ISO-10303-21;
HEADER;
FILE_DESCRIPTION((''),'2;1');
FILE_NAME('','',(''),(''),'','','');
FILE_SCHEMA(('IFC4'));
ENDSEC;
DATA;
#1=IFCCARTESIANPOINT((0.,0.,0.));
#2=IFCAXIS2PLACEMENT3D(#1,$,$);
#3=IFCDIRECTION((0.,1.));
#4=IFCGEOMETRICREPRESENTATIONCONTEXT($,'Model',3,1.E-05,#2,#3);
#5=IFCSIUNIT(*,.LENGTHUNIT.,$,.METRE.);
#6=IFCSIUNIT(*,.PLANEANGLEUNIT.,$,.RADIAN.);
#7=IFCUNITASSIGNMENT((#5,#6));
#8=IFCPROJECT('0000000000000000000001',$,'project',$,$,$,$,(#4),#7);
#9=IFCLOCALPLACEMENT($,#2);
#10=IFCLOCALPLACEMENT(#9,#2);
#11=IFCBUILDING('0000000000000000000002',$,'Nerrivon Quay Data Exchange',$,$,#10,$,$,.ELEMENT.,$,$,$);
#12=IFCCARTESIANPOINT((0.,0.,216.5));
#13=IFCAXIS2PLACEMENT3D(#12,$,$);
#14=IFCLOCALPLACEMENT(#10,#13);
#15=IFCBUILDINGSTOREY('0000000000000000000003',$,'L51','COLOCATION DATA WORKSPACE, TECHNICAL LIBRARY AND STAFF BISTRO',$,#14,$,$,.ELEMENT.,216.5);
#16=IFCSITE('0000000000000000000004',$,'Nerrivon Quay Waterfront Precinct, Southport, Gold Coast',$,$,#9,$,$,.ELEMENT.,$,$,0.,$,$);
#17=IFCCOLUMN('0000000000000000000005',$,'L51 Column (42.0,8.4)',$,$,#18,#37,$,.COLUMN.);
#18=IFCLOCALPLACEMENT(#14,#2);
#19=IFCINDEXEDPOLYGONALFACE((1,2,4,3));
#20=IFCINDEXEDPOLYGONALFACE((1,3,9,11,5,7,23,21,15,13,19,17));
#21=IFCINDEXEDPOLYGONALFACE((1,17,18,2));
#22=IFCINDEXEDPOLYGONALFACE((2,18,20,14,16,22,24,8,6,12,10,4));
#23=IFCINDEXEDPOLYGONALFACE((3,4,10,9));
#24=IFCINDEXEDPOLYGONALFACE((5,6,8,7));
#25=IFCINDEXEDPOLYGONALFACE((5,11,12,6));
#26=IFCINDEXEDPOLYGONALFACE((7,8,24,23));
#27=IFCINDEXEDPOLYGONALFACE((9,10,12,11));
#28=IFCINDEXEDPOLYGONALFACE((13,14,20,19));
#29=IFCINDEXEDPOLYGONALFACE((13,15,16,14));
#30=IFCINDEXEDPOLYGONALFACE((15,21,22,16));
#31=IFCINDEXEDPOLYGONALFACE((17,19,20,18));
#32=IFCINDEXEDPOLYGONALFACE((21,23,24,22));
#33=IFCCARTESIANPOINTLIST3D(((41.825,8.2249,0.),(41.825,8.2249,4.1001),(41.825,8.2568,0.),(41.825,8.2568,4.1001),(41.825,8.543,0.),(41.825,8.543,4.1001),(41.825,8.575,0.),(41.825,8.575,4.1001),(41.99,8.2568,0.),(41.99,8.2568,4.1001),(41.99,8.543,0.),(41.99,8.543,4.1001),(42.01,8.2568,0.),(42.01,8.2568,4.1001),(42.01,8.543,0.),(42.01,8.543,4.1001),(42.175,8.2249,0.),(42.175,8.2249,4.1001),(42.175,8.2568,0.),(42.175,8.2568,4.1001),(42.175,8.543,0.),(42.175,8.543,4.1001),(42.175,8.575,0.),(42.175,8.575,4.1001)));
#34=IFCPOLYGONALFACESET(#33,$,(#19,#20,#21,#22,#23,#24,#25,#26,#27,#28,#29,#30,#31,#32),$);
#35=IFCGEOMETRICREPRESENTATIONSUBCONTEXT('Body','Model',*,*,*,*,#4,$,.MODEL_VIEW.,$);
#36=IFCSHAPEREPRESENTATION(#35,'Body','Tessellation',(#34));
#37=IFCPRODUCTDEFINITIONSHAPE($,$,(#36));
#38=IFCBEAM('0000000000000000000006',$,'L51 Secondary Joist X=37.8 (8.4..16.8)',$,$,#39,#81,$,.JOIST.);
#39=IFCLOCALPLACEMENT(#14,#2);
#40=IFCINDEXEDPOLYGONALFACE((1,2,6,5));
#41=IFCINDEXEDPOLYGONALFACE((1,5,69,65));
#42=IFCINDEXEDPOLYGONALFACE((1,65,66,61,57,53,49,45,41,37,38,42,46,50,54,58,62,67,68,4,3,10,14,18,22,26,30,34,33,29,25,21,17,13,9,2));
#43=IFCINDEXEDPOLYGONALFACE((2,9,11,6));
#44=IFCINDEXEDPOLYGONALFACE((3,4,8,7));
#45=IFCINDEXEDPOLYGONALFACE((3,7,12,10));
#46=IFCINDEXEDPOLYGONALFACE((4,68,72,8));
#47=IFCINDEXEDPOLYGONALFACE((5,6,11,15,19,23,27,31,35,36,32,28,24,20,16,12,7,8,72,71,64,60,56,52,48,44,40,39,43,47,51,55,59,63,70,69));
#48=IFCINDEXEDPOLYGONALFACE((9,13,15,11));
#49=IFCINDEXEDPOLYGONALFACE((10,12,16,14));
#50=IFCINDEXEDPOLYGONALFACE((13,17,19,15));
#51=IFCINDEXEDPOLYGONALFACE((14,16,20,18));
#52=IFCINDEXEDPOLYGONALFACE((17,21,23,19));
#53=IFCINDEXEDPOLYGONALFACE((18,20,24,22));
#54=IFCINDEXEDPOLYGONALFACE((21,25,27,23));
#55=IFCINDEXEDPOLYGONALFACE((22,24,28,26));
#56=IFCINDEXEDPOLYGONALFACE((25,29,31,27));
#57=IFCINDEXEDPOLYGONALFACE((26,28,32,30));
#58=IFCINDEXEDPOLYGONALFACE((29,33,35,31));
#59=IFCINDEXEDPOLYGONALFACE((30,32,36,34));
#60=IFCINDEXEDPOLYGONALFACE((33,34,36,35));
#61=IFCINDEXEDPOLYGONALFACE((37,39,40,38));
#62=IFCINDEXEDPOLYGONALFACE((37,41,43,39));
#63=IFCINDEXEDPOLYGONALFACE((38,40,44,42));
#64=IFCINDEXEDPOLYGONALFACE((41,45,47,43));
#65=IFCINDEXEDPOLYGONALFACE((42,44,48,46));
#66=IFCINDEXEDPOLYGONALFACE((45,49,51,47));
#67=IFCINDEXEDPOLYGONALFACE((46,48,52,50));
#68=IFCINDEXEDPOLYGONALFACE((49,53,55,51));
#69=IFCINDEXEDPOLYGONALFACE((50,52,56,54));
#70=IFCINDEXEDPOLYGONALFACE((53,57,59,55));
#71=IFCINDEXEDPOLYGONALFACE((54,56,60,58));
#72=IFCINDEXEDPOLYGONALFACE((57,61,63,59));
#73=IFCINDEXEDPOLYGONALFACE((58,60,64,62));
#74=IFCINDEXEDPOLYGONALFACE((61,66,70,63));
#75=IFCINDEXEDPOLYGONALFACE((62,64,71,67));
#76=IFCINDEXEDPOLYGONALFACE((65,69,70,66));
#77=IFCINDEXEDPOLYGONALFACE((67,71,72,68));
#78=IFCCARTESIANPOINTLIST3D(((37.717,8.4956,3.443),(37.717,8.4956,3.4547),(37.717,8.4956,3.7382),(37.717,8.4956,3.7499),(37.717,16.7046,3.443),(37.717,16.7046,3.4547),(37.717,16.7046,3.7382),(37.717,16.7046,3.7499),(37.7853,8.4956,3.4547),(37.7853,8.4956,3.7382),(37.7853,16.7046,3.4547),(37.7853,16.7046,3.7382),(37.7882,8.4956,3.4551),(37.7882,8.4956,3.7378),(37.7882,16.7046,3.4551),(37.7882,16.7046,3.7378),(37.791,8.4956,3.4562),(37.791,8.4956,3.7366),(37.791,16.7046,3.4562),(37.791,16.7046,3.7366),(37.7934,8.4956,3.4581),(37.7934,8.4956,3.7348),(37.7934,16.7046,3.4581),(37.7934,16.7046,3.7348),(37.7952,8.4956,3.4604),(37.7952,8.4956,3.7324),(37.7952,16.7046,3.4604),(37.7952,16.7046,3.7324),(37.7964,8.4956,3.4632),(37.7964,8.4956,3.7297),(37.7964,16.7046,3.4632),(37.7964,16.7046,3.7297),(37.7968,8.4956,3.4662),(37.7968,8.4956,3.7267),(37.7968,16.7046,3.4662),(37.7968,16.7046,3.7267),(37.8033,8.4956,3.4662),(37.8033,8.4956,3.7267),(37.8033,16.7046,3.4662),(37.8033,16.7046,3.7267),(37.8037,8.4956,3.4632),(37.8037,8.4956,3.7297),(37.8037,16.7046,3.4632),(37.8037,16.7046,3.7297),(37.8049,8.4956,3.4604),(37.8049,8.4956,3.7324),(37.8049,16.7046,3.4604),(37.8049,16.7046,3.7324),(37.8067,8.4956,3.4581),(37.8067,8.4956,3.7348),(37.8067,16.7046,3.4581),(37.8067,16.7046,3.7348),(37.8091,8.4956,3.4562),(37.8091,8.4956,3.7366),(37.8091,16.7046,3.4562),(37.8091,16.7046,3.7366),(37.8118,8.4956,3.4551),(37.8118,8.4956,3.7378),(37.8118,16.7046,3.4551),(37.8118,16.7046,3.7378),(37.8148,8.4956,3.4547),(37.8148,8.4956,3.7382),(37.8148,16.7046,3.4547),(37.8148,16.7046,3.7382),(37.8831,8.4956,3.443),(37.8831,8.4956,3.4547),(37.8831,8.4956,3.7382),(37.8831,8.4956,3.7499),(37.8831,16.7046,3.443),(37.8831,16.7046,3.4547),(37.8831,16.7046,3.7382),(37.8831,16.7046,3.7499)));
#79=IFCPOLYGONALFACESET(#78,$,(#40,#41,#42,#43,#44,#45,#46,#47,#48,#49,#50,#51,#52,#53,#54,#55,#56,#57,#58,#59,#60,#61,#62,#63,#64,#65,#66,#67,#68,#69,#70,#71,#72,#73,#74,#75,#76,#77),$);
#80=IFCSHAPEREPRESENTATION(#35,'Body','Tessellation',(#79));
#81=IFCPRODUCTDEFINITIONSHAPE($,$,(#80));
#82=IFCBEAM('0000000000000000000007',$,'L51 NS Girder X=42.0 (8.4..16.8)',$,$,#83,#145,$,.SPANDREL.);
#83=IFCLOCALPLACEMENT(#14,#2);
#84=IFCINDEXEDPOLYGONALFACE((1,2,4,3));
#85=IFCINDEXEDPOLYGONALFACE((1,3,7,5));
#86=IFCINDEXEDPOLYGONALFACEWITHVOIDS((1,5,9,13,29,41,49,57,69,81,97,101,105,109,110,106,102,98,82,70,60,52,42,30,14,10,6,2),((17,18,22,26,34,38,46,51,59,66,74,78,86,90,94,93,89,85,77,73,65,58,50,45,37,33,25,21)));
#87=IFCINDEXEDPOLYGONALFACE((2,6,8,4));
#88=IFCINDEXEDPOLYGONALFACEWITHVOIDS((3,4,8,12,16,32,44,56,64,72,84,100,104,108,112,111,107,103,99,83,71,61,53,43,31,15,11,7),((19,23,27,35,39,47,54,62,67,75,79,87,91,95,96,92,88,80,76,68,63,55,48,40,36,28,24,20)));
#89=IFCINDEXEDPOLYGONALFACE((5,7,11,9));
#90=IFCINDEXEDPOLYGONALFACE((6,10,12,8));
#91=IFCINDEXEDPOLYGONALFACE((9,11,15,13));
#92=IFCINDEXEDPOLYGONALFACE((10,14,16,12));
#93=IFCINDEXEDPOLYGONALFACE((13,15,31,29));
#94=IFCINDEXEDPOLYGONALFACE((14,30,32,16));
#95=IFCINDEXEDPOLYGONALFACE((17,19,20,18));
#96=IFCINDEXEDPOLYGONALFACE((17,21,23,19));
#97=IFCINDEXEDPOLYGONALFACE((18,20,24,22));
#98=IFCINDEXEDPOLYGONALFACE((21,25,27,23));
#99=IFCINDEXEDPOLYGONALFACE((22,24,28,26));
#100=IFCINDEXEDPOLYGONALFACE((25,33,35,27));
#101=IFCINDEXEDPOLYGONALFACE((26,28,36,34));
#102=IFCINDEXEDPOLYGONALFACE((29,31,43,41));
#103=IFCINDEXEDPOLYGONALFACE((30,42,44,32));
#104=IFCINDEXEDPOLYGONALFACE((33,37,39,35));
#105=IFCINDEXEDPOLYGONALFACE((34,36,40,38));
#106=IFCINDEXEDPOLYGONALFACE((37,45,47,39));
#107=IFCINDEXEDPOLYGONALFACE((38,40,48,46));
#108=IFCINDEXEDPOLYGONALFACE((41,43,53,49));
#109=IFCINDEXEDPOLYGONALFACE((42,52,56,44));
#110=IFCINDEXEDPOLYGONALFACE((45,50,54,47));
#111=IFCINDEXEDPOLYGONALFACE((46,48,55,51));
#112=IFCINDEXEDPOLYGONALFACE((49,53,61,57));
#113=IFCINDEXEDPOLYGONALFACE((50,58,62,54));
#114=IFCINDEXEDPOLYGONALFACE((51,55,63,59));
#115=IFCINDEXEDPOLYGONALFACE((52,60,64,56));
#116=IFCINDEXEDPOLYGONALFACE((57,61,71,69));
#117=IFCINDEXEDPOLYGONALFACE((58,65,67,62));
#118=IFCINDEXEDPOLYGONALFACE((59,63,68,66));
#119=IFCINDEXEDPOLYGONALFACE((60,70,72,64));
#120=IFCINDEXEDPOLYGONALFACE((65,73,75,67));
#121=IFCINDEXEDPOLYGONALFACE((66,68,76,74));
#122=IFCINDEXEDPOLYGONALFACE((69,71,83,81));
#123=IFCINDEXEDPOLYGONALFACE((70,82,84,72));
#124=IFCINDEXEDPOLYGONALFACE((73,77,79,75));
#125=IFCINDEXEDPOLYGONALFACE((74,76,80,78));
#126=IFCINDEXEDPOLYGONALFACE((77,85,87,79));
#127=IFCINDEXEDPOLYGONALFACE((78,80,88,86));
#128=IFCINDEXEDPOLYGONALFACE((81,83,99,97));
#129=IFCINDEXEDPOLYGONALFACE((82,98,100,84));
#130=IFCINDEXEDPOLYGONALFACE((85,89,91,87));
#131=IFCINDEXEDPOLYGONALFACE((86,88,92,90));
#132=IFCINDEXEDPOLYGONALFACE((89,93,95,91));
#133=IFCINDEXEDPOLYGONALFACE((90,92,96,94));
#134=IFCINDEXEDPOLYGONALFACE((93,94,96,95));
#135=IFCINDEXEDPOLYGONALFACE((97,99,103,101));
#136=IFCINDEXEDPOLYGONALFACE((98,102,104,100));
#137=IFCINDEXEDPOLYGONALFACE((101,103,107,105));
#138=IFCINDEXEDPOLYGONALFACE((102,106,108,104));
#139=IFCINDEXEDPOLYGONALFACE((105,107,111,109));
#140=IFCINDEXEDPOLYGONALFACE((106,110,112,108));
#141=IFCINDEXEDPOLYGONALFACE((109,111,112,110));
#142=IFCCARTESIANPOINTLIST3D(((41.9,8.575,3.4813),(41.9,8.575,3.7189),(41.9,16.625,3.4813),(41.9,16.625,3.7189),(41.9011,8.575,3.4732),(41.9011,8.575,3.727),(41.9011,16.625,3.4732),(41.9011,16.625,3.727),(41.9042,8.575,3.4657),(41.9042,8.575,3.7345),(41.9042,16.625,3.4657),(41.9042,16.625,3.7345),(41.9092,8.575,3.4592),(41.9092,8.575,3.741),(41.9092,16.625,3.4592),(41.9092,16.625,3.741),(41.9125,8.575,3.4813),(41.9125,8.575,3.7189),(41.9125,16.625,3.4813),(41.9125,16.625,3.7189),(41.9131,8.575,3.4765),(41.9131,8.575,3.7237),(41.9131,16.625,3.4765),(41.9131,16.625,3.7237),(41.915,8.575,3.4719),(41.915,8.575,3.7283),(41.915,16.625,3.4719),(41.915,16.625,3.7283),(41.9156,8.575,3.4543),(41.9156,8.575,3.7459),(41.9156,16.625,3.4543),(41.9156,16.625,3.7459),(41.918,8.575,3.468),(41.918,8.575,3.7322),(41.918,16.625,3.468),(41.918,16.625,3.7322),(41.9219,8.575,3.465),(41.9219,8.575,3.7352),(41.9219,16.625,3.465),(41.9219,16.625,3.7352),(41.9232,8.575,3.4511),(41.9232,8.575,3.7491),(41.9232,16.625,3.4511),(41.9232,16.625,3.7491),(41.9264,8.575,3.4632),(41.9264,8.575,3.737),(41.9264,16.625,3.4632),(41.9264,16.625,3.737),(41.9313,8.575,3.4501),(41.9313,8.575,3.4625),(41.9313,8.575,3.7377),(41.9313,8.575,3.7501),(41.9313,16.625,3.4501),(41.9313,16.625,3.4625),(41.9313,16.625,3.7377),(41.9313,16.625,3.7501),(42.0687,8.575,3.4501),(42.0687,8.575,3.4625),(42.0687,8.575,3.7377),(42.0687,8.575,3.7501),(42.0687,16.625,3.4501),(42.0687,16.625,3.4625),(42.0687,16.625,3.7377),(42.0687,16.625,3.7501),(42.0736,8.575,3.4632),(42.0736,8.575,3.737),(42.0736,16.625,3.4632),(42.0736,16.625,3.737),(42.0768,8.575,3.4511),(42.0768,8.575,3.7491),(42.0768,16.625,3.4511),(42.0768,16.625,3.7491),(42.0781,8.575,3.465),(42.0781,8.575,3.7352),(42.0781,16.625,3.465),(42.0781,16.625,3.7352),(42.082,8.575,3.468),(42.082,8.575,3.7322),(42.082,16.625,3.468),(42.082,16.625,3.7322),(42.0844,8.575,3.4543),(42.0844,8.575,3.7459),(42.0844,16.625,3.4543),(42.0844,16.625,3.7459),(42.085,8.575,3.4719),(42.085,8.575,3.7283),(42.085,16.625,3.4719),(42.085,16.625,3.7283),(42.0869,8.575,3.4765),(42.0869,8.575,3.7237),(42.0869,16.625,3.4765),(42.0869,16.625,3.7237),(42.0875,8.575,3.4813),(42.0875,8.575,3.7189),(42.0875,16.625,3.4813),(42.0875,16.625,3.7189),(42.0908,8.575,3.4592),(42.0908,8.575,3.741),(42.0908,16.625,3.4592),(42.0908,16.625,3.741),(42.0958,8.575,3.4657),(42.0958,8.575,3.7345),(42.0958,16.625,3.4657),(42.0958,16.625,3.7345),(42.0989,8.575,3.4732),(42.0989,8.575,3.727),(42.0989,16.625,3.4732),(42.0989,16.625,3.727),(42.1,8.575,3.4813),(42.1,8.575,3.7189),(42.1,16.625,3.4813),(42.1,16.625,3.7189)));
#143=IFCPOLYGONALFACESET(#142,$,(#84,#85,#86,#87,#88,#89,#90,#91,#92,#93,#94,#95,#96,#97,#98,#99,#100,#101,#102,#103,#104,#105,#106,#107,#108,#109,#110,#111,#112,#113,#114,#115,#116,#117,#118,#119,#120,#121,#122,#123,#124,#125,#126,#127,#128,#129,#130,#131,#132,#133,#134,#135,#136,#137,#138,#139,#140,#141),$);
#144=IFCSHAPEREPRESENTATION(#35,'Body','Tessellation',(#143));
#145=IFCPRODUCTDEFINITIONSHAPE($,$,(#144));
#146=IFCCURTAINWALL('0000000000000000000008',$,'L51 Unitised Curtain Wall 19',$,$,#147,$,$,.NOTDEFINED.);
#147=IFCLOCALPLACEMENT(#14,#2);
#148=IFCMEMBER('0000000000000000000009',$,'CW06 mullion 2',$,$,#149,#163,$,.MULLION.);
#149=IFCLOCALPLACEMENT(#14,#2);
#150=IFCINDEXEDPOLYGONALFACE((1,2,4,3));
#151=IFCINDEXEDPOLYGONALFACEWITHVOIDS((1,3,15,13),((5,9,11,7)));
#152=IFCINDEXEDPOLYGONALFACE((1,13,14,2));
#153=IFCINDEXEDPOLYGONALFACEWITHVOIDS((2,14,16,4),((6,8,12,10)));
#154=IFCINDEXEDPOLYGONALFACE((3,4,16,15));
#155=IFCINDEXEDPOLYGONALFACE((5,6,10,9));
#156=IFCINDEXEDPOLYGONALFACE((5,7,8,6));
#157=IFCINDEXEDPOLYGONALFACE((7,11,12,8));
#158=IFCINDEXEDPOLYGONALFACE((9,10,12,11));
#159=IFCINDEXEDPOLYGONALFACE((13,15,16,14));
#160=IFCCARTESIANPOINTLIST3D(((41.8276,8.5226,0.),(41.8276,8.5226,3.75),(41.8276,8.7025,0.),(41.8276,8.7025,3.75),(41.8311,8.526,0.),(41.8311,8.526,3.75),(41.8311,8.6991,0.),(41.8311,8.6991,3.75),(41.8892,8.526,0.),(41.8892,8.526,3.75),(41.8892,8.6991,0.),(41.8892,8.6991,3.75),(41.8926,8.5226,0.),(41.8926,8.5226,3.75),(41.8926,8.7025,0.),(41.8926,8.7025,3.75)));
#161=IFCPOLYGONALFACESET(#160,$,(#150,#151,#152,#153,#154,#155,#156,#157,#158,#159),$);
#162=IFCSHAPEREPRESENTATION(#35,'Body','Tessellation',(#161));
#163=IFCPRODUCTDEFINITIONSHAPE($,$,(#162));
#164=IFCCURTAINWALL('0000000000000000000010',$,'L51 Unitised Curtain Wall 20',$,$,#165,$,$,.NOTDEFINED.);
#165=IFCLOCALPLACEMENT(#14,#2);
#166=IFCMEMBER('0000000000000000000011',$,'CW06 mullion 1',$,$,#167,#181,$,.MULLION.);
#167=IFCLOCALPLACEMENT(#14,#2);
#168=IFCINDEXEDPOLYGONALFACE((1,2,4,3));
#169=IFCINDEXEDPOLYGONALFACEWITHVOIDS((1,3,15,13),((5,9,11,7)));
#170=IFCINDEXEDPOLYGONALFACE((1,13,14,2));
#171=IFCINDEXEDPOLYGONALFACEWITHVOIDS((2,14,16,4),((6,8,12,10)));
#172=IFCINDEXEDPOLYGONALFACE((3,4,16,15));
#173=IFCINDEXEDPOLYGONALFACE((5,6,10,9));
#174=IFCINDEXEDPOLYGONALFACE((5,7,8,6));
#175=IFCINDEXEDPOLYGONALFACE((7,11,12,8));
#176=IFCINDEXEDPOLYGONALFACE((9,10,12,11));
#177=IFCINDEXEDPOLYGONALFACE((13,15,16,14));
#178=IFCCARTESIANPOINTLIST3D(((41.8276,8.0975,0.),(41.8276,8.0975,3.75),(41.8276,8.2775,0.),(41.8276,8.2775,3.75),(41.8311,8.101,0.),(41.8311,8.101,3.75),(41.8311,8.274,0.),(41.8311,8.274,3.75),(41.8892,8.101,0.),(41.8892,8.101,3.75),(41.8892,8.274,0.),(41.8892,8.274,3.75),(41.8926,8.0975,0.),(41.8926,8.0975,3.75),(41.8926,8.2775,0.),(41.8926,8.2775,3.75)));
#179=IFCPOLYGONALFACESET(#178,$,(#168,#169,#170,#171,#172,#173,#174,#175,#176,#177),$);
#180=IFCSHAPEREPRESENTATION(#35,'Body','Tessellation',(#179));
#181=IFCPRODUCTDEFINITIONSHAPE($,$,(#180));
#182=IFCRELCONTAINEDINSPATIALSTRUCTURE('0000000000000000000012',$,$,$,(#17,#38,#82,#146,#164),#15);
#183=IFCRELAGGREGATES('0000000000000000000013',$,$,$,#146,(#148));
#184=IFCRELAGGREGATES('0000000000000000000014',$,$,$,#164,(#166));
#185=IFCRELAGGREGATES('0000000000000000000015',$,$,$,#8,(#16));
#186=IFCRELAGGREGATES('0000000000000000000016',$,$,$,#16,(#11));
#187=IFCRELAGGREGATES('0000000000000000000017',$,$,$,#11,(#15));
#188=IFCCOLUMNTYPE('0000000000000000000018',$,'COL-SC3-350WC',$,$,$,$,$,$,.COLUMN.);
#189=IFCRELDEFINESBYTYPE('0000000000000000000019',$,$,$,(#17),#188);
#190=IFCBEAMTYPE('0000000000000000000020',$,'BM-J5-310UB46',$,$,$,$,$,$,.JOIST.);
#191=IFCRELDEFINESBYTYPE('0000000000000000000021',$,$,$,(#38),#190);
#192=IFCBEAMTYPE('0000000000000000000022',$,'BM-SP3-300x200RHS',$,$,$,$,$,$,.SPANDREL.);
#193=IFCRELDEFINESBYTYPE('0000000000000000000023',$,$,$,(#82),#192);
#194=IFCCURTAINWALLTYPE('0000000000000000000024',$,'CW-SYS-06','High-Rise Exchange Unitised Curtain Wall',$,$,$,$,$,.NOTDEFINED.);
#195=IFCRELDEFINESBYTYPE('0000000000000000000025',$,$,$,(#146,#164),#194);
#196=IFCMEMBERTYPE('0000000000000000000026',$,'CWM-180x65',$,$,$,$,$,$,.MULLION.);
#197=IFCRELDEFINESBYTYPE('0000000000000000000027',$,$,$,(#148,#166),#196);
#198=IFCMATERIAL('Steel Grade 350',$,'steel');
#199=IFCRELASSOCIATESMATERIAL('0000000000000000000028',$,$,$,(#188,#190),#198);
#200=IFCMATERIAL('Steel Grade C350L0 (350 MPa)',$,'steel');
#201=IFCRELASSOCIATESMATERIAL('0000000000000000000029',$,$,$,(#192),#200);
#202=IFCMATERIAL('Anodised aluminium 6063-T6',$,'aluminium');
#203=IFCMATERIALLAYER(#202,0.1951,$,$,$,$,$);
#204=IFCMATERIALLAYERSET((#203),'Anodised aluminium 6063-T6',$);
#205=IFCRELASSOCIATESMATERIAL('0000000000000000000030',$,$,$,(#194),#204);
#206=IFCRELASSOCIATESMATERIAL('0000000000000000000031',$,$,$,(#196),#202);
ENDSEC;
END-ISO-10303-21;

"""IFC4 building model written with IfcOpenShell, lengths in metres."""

from ifc_helpers import new_model, si_unit, direction, frame, origin, origin_2d, place, context, subcontext, project, spatial, hollow_rectangle, i_section, extrude, material, layer, layer_set, material_profile, profile_set, type_object, element, aggregate, save


model = new_model("IFC4")

# Units and contexts
model_context = context("Model", 3, precision=1e-05, world=origin(), true_north=direction((0.0, 1.0)))
body_context = subcontext(model_context, "Body", "Model", "MODEL_VIEW")
ifc_project = project(units=[si_unit("LENGTHUNIT", "METRE"), si_unit("PLANEANGLEUNIT", "RADIAN")], contexts=[model_context])

# Site, building, storey
site_placement = place(None, origin())
site = spatial("IfcSite", under=ifc_project, at=site_placement, Name="Nerrivon Quay Waterfront Precinct, Southport, Gold Coast", CompositionType="ELEMENT", RefElevation=0.0)
building_placement = place(site_placement, origin())
building = spatial("IfcBuilding", under=site, at=building_placement, Name="Nerrivon Quay Data Exchange", CompositionType="ELEMENT")
storey_placement = place(building_placement, frame((0.0, 0.0, 216.5)))
storey = spatial("IfcBuildingStorey", under=building, at=storey_placement, Name="L51", Description="COLOCATION DATA WORKSPACE, TECHNICAL LIBRARY AND STAFF BISTRO", CompositionType="ELEMENT", Elevation=216.5)

# Column
ifc_material_1 = material(Name="Steel Grade 350", Category="steel")
ifc_material_profile_1 = material_profile(ifc_material_1, i_section(OverallWidth=0.3501, OverallDepth=0.3501, WebThickness=0.02, FlangeThickness=0.032, at=origin_2d()), Name="350WC230")
ifc_profile_set_1 = profile_set([ifc_material_profile_1], Name="Steel Grade 350")
column_type = type_object("IfcColumnType", Name="COL-SC3-350WC", PredefinedType="COLUMN", material=ifc_profile_set_1)
column_placement = place(storey_placement, frame((42.0, 8.3999, 0.0), z_axis=(0.0, 0.0, 1.0), x_axis=(1.0, 0.0, 0.0)))
element("IfcColumn", 1, at=column_placement, inside=storey, type_object=column_type, Name="L51 Column (42.0,8.4)", PredefinedType="COLUMN", context=body_context, shape_type="SweptSolid", body=[
    extrude(i_section(OverallWidth=0.3501, OverallDepth=0.3501, WebThickness=0.02, FlangeThickness=0.032, at=origin_2d()), origin(), (0.0, 0.0, 1.0), 4.1001),
])

# Beams
ifc_material_profile_2 = material_profile(ifc_material_1, i_section(OverallWidth=0.166, OverallDepth=0.3069, WebThickness=0.0066, FlangeThickness=0.0117, FilletRadius=0.0115, at=origin_2d()), Name="310UB46.2")
ifc_profile_set_2 = profile_set([ifc_material_profile_2], Name="Steel Grade 350")
beam_type_1 = type_object("IfcBeamType", Name="BM-J5-310UB46", PredefinedType="JOIST", material=ifc_profile_set_2)
beam_1_placement = place(storey_placement, frame((37.8, 8.4956, 3.5964), z_axis=(0.0, 1.0, 0.0), x_axis=(-1.0, 0.0, 0.0)))
element("IfcBeam", 2, at=beam_1_placement, inside=storey, type_object=beam_type_1, Name="L51 Secondary Joist X=37.8 (8.4..16.8)", PredefinedType="JOIST", context=body_context, shape_type="SweptSolid", body=[
    extrude(i_section(OverallWidth=0.166, OverallDepth=0.3069, WebThickness=0.0066, FlangeThickness=0.0117, FilletRadius=0.0115, at=origin_2d()), origin(), (0.0, 0.0, 1.0), 8.209),
])
ifc_material_2 = material(Name="Steel Grade C350L0 (350 MPa)", Category="steel")
ifc_material_profile_3 = material_profile(ifc_material_2, hollow_rectangle(XDim=0.2, YDim=0.3, WallThickness=0.0125, InnerFilletRadius=0.0188, OuterFilletRadius=0.0312, at=origin_2d()), Name="300x200x12.5RHS")
ifc_profile_set_3 = profile_set([ifc_material_profile_3], Name="Steel Grade C350L0 (350 MPa)")
beam_type_2 = type_object("IfcBeamType", Name="BM-SP3-300x200RHS", PredefinedType="SPANDREL", material=ifc_profile_set_3)
beam_2_placement = place(storey_placement, frame((42.0, 8.575, 3.6001), z_axis=(0.0, 1.0, 0.0), x_axis=(-1.0, 0.0, 0.0)))
element("IfcBeam", 3, at=beam_2_placement, inside=storey, type_object=beam_type_2, Name="L51 NS Girder X=42.0 (8.4..16.8)", PredefinedType="SPANDREL", context=body_context, shape_type="SweptSolid", body=[
    extrude(hollow_rectangle(XDim=0.2, YDim=0.3, WallThickness=0.0125, InnerFilletRadius=0.0188, OuterFilletRadius=0.0312, at=origin_2d()), origin(), (0.0, 0.0, 1.0), 8.05),
])

# Curtain wall, member
ifc_material_3 = material(Name="Anodised aluminium 6063-T6", Category="aluminium")
ifc_layer_1 = layer(ifc_material_3, 0.1951)
ifc_layer_set_1 = layer_set([ifc_layer_1], Name="Anodised aluminium 6063-T6")
curtain_wall_type = type_object("IfcCurtainWallType", Name="CW-SYS-06", Description="High-Rise Exchange Unitised Curtain Wall", PredefinedType="NOTDEFINED", material=ifc_layer_set_1)
curtain_wall_1_placement = place(storey_placement, origin())
curtain_wall_1 = element("IfcCurtainWall", 4, at=curtain_wall_1_placement, inside=storey, type_object=curtain_wall_type, Name="L51 Unitised Curtain Wall 19", PredefinedType="NOTDEFINED")
ifc_material_profile_4 = material_profile(ifc_material_3, hollow_rectangle(XDim=0.0649, YDim=0.1799, WallThickness=0.0034, at=origin_2d()), Name="ALU-MULL-180x65")
ifc_profile_set_4 = profile_set([ifc_material_profile_4], Name="Anodised aluminium 6063-T6")
member_type_1 = type_object("IfcMemberType", Name="CWM-180x65", PredefinedType="MULLION", material=ifc_profile_set_4)
member_1_placement = place(storey_placement, frame((41.8601, 8.6125, 0.0), z_axis=(0.0, 0.0, 1.0), x_axis=(1.0, 0.0, 0.0)))
member_1 = element("IfcMember", 5, at=member_1_placement, type_object=member_type_1, Name="CW06 mullion 2", PredefinedType="MULLION", context=body_context, shape_type="SweptSolid", body=[
    extrude(hollow_rectangle(XDim=0.0649, YDim=0.1799, WallThickness=0.0034, at=origin_2d()), origin(), (0.0, 0.0, 1.0), 3.75),
])

# Curtain wall, member
curtain_wall_2_placement = place(storey_placement, origin())
curtain_wall_2 = element("IfcCurtainWall", 6, at=curtain_wall_2_placement, inside=storey, type_object=curtain_wall_type, Name="L51 Unitised Curtain Wall 20", PredefinedType="NOTDEFINED")
member_2_placement = place(storey_placement, frame((41.8601, 8.1875, 0.0), z_axis=(0.0, 0.0, 1.0), x_axis=(1.0, 0.0, 0.0)))
member_2 = element("IfcMember", 7, at=member_2_placement, type_object=member_type_1, Name="CW06 mullion 1", PredefinedType="MULLION", context=body_context, shape_type="SweptSolid", body=[
    extrude(hollow_rectangle(XDim=0.0649, YDim=0.1799, WallThickness=0.0034, at=origin_2d()), origin(), (0.0, 0.0, 1.0), 3.75),
])

aggregate(curtain_wall_1, [member_1])
aggregate(curtain_wall_2, [member_2])

save(model, "model.ifc")
